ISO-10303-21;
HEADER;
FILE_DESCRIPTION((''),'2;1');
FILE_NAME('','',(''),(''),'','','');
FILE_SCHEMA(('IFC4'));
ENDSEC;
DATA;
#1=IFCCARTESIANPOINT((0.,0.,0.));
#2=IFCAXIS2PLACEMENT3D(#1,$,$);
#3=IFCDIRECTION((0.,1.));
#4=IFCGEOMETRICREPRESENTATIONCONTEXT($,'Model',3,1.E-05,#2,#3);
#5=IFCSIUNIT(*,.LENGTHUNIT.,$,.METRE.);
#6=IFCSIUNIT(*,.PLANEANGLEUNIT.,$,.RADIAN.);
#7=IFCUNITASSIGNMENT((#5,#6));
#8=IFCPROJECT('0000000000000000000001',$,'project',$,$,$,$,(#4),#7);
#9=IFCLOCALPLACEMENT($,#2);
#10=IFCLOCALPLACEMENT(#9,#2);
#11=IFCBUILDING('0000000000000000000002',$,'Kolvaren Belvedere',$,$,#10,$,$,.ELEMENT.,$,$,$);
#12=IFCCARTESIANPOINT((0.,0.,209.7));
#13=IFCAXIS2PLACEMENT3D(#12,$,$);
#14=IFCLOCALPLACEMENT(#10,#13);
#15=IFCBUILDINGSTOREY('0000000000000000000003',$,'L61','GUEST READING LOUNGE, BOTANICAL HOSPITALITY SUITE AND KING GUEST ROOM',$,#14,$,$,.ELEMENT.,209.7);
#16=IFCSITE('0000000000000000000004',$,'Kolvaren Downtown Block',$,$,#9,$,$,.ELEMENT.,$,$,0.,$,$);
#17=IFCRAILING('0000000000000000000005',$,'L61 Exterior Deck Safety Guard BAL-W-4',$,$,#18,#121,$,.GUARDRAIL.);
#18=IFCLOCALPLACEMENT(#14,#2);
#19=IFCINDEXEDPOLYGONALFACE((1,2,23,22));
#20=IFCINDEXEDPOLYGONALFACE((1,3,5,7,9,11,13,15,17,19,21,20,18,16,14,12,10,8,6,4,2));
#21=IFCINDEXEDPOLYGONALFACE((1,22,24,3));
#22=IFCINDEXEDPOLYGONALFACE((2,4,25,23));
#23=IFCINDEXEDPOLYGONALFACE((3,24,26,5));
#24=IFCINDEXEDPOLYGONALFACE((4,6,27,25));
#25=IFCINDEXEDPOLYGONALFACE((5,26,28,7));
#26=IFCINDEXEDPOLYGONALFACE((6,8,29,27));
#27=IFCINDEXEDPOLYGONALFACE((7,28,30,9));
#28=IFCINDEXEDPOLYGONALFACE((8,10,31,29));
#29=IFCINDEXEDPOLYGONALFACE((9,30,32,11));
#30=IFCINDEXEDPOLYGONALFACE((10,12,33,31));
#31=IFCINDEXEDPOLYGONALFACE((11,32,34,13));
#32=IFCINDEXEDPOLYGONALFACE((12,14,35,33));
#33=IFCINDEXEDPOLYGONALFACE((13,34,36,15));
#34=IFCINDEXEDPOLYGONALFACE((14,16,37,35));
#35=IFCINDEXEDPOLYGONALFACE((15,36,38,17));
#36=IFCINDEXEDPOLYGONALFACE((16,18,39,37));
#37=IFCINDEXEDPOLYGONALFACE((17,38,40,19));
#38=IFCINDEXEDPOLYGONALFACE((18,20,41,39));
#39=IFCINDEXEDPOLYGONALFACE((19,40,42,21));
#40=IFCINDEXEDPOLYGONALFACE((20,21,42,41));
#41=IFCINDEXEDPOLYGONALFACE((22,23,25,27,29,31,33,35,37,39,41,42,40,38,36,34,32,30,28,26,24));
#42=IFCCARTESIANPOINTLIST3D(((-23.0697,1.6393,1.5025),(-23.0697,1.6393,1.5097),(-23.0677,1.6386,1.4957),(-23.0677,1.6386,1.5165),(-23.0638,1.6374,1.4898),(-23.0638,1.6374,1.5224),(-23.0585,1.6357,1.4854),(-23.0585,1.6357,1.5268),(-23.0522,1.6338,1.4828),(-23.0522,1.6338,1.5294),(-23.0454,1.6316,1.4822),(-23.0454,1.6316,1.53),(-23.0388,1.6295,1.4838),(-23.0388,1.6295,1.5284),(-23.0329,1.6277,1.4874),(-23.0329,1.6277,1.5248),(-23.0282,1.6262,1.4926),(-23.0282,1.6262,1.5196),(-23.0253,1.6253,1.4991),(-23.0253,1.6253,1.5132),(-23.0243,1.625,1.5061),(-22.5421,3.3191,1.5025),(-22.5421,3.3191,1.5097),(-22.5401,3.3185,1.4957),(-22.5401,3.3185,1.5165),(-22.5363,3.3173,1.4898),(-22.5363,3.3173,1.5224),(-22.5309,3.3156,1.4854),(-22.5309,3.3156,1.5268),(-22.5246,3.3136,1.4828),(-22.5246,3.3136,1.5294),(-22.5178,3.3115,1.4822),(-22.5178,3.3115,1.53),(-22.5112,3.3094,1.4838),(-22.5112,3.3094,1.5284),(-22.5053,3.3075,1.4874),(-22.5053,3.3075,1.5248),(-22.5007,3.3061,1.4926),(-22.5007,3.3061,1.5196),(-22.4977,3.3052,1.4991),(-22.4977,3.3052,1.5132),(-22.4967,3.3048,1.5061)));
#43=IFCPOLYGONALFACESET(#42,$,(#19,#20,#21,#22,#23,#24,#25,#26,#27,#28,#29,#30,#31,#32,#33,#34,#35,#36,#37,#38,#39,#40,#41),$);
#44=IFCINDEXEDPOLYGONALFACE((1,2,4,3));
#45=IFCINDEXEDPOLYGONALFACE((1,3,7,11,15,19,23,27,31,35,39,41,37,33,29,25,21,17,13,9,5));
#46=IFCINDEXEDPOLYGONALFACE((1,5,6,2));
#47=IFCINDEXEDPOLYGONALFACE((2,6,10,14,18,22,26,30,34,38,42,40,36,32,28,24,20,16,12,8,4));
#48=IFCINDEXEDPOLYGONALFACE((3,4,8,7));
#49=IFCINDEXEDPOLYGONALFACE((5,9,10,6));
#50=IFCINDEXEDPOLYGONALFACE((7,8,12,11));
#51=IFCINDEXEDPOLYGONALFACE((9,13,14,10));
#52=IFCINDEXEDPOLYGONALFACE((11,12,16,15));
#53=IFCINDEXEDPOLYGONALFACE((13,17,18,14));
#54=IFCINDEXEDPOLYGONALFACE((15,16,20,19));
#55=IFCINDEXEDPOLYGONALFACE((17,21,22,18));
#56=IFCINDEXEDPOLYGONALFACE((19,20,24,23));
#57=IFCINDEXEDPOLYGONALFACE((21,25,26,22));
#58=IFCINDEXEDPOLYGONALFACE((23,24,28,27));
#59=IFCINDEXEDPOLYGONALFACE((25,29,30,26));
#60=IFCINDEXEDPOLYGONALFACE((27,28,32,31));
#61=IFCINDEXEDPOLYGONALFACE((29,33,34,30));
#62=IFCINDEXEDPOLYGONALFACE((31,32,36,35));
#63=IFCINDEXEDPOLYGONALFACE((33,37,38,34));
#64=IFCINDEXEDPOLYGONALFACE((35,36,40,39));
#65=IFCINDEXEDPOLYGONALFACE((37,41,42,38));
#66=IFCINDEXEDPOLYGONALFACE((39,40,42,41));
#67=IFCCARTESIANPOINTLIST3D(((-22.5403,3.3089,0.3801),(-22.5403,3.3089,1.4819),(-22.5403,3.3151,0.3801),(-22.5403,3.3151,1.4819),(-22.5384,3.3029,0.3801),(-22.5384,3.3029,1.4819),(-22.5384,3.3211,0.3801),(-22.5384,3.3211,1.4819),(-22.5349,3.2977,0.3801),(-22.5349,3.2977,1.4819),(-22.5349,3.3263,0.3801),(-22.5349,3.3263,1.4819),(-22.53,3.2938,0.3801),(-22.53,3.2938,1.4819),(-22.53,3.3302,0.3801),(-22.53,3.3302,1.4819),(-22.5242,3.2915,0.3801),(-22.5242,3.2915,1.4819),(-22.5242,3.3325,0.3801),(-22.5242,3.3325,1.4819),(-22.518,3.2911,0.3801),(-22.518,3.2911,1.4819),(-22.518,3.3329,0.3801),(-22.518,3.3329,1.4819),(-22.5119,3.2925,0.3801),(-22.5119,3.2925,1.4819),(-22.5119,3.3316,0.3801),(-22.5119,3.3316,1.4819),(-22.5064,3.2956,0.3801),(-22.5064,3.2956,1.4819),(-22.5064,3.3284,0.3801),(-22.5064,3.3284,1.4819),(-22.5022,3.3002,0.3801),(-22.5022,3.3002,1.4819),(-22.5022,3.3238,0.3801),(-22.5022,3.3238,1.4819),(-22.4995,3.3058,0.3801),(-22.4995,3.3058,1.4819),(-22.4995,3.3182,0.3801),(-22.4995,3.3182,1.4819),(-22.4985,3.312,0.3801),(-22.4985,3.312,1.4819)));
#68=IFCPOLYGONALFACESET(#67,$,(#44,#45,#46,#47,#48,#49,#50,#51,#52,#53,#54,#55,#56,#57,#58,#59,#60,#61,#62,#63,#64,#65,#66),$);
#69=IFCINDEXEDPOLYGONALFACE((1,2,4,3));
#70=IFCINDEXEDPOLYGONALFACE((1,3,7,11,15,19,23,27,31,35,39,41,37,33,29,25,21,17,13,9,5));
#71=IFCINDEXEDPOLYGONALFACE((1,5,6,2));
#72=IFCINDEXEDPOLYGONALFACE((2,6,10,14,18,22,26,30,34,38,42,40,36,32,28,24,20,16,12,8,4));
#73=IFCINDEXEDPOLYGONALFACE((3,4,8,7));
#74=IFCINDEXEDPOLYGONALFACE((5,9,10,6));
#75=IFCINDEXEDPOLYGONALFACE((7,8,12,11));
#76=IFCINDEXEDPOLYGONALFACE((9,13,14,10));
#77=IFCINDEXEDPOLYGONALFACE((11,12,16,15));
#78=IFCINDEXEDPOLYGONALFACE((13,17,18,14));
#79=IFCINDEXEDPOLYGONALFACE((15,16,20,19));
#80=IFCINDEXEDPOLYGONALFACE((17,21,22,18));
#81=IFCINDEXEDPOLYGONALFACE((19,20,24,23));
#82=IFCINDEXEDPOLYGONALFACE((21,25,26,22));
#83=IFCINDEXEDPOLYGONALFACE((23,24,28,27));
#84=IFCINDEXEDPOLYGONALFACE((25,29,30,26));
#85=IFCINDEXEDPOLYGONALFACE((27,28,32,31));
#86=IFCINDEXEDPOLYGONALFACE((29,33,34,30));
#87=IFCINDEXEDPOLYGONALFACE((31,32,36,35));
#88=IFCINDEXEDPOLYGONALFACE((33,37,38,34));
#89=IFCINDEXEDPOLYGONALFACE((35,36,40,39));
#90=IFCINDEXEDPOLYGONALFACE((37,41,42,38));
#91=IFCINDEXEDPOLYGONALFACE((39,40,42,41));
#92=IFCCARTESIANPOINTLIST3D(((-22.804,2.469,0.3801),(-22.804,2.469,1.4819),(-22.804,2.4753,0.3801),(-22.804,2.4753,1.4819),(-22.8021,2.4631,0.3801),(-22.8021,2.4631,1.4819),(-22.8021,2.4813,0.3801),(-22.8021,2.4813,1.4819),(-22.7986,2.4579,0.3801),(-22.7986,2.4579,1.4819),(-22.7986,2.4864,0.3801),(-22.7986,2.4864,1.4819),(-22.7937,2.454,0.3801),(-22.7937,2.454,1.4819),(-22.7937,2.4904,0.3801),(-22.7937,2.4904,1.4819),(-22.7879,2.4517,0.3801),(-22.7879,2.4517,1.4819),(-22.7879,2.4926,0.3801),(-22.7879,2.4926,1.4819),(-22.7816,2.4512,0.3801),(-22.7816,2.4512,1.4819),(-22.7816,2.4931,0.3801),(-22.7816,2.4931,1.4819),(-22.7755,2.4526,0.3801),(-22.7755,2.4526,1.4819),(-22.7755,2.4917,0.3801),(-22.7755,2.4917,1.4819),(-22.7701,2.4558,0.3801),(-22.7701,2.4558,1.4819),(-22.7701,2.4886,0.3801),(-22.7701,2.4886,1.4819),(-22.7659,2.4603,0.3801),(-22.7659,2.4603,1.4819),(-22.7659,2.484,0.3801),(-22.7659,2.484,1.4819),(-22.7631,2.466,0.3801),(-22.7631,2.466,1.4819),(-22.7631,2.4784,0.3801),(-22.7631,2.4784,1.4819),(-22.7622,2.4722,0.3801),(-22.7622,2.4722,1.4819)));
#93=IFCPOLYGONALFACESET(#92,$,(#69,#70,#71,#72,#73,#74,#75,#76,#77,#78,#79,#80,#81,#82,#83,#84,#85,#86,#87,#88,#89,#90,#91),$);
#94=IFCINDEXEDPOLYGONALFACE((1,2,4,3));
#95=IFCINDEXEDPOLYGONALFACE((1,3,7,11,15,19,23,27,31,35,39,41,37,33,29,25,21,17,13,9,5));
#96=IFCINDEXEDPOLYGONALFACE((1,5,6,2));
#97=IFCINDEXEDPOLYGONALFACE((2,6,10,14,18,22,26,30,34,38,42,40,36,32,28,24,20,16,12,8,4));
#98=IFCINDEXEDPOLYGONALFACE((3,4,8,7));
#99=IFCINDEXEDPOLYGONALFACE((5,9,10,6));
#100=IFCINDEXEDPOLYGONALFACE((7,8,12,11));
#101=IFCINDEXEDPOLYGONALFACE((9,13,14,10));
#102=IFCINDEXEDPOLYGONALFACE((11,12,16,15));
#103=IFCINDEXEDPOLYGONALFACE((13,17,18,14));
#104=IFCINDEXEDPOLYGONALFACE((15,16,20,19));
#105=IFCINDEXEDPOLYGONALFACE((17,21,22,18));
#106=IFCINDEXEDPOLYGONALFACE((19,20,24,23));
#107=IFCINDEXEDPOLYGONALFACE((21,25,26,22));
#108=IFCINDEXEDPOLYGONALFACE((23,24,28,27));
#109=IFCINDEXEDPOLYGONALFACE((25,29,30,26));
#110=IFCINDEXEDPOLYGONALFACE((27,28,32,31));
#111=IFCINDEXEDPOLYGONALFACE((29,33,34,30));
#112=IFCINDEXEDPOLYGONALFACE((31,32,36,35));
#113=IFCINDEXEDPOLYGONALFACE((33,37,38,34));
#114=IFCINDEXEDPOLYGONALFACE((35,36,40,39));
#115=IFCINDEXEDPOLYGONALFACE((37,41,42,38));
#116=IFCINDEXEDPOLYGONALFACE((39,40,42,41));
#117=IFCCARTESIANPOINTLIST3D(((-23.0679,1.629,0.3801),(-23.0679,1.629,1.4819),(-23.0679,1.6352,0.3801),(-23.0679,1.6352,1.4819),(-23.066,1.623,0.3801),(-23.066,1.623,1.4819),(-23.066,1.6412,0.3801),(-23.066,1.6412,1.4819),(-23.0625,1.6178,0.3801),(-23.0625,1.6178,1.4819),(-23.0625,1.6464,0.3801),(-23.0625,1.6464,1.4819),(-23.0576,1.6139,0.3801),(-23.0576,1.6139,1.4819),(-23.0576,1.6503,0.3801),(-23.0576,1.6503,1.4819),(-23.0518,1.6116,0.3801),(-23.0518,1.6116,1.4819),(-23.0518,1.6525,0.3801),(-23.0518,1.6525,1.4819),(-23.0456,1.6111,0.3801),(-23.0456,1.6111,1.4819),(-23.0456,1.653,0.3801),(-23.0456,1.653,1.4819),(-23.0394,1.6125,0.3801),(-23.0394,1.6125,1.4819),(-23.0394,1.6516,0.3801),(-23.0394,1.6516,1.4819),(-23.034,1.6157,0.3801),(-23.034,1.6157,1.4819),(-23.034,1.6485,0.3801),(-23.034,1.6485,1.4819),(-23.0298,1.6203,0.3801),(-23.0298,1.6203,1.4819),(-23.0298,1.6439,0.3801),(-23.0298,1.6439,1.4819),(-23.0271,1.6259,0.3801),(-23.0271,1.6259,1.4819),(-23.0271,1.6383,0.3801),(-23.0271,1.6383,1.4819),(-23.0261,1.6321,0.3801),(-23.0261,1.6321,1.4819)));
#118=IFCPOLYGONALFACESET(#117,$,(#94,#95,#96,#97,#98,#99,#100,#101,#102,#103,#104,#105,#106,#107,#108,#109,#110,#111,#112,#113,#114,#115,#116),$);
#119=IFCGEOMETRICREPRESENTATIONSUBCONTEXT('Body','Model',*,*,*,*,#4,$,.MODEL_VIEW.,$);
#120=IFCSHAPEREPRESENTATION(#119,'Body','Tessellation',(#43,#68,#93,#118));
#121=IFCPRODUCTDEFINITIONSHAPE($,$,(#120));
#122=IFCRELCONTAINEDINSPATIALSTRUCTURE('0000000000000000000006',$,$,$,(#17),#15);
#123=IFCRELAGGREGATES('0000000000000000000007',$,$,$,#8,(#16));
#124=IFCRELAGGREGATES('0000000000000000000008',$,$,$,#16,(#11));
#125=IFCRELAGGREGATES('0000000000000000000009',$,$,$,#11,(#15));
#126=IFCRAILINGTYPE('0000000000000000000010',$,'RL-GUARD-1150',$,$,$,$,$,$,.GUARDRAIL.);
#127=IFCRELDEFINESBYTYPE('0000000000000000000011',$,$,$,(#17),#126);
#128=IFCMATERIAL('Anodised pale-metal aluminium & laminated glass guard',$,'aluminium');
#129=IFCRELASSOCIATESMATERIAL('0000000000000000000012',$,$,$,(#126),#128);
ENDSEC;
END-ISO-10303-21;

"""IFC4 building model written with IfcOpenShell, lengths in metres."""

from ifc_helpers import new_model, si_unit, direction, frame, origin, origin_2d, place, context, subcontext, project, spatial, circle, extrude, material, type_object, element, save


model = new_model("IFC4")

# Units and contexts
model_context = context("Model", 3, precision=1e-05, world=origin(), true_north=direction((0.0, 1.0)))
body_context = subcontext(model_context, "Body", "Model", "MODEL_VIEW")
ifc_project = project(units=[si_unit("LENGTHUNIT", "METRE"), si_unit("PLANEANGLEUNIT", "RADIAN")], contexts=[model_context])

# Site, building, storey
site_placement = place(None, origin())
site = spatial("IfcSite", under=ifc_project, at=site_placement, Name="Kolvaren Downtown Block", CompositionType="ELEMENT", RefElevation=0.0)
building_placement = place(site_placement, origin())
building = spatial("IfcBuilding", under=site, at=building_placement, Name="Kolvaren Belvedere", CompositionType="ELEMENT")
storey_placement = place(building_placement, frame((0.0, 0.0, 209.7)))
storey = spatial("IfcBuildingStorey", under=building, at=storey_placement, Name="L61", Description="GUEST READING LOUNGE, BOTANICAL HOSPITALITY SUITE AND KING GUEST ROOM", CompositionType="ELEMENT", Elevation=209.7)

# Railing
ifc_material_1 = material(Name="Anodised pale-metal aluminium & laminated glass guard", Category="aluminium")
railing_type = type_object("IfcRailingType", Name="RL-GUARD-1150", PredefinedType="GUARDRAIL", material=ifc_material_1)
railing_1_placement = place(storey_placement, frame((-22.5195, 3.312, 0.3801)))
element("IfcRailing", 1, at=railing_1_placement, inside=storey, type_object=railing_type, Name="L61 Exterior Deck Safety Guard BAL-W-4", PredefinedType="GUARDRAIL", context=body_context, shape_type="SweptSolid", body=[
    extrude(circle(Radius=0.0239, at=origin_2d()), frame((0.0, 0.0, 1.126), z_axis=(-0.299625, -0.954057, 0.0), x_axis=(0.954057, -0.299625, 0.0)), (0.0, 0.0, 1.0), 1.7607),
    extrude(circle(Radius=0.021, at=origin_2d()), origin(), (0.0, 0.0, 1.0), 1.1018),
    extrude(circle(Radius=0.021, at=origin_2d()), frame((-0.2637, -0.8398, 0.0)), (0.0, 0.0, 1.0), 1.1018),
    extrude(circle(Radius=0.021, at=origin_2d()), frame((-0.5276, -1.6799, 0.0)), (0.0, 0.0, 1.0), 1.1018),
])

save(model, "model.ifc")
